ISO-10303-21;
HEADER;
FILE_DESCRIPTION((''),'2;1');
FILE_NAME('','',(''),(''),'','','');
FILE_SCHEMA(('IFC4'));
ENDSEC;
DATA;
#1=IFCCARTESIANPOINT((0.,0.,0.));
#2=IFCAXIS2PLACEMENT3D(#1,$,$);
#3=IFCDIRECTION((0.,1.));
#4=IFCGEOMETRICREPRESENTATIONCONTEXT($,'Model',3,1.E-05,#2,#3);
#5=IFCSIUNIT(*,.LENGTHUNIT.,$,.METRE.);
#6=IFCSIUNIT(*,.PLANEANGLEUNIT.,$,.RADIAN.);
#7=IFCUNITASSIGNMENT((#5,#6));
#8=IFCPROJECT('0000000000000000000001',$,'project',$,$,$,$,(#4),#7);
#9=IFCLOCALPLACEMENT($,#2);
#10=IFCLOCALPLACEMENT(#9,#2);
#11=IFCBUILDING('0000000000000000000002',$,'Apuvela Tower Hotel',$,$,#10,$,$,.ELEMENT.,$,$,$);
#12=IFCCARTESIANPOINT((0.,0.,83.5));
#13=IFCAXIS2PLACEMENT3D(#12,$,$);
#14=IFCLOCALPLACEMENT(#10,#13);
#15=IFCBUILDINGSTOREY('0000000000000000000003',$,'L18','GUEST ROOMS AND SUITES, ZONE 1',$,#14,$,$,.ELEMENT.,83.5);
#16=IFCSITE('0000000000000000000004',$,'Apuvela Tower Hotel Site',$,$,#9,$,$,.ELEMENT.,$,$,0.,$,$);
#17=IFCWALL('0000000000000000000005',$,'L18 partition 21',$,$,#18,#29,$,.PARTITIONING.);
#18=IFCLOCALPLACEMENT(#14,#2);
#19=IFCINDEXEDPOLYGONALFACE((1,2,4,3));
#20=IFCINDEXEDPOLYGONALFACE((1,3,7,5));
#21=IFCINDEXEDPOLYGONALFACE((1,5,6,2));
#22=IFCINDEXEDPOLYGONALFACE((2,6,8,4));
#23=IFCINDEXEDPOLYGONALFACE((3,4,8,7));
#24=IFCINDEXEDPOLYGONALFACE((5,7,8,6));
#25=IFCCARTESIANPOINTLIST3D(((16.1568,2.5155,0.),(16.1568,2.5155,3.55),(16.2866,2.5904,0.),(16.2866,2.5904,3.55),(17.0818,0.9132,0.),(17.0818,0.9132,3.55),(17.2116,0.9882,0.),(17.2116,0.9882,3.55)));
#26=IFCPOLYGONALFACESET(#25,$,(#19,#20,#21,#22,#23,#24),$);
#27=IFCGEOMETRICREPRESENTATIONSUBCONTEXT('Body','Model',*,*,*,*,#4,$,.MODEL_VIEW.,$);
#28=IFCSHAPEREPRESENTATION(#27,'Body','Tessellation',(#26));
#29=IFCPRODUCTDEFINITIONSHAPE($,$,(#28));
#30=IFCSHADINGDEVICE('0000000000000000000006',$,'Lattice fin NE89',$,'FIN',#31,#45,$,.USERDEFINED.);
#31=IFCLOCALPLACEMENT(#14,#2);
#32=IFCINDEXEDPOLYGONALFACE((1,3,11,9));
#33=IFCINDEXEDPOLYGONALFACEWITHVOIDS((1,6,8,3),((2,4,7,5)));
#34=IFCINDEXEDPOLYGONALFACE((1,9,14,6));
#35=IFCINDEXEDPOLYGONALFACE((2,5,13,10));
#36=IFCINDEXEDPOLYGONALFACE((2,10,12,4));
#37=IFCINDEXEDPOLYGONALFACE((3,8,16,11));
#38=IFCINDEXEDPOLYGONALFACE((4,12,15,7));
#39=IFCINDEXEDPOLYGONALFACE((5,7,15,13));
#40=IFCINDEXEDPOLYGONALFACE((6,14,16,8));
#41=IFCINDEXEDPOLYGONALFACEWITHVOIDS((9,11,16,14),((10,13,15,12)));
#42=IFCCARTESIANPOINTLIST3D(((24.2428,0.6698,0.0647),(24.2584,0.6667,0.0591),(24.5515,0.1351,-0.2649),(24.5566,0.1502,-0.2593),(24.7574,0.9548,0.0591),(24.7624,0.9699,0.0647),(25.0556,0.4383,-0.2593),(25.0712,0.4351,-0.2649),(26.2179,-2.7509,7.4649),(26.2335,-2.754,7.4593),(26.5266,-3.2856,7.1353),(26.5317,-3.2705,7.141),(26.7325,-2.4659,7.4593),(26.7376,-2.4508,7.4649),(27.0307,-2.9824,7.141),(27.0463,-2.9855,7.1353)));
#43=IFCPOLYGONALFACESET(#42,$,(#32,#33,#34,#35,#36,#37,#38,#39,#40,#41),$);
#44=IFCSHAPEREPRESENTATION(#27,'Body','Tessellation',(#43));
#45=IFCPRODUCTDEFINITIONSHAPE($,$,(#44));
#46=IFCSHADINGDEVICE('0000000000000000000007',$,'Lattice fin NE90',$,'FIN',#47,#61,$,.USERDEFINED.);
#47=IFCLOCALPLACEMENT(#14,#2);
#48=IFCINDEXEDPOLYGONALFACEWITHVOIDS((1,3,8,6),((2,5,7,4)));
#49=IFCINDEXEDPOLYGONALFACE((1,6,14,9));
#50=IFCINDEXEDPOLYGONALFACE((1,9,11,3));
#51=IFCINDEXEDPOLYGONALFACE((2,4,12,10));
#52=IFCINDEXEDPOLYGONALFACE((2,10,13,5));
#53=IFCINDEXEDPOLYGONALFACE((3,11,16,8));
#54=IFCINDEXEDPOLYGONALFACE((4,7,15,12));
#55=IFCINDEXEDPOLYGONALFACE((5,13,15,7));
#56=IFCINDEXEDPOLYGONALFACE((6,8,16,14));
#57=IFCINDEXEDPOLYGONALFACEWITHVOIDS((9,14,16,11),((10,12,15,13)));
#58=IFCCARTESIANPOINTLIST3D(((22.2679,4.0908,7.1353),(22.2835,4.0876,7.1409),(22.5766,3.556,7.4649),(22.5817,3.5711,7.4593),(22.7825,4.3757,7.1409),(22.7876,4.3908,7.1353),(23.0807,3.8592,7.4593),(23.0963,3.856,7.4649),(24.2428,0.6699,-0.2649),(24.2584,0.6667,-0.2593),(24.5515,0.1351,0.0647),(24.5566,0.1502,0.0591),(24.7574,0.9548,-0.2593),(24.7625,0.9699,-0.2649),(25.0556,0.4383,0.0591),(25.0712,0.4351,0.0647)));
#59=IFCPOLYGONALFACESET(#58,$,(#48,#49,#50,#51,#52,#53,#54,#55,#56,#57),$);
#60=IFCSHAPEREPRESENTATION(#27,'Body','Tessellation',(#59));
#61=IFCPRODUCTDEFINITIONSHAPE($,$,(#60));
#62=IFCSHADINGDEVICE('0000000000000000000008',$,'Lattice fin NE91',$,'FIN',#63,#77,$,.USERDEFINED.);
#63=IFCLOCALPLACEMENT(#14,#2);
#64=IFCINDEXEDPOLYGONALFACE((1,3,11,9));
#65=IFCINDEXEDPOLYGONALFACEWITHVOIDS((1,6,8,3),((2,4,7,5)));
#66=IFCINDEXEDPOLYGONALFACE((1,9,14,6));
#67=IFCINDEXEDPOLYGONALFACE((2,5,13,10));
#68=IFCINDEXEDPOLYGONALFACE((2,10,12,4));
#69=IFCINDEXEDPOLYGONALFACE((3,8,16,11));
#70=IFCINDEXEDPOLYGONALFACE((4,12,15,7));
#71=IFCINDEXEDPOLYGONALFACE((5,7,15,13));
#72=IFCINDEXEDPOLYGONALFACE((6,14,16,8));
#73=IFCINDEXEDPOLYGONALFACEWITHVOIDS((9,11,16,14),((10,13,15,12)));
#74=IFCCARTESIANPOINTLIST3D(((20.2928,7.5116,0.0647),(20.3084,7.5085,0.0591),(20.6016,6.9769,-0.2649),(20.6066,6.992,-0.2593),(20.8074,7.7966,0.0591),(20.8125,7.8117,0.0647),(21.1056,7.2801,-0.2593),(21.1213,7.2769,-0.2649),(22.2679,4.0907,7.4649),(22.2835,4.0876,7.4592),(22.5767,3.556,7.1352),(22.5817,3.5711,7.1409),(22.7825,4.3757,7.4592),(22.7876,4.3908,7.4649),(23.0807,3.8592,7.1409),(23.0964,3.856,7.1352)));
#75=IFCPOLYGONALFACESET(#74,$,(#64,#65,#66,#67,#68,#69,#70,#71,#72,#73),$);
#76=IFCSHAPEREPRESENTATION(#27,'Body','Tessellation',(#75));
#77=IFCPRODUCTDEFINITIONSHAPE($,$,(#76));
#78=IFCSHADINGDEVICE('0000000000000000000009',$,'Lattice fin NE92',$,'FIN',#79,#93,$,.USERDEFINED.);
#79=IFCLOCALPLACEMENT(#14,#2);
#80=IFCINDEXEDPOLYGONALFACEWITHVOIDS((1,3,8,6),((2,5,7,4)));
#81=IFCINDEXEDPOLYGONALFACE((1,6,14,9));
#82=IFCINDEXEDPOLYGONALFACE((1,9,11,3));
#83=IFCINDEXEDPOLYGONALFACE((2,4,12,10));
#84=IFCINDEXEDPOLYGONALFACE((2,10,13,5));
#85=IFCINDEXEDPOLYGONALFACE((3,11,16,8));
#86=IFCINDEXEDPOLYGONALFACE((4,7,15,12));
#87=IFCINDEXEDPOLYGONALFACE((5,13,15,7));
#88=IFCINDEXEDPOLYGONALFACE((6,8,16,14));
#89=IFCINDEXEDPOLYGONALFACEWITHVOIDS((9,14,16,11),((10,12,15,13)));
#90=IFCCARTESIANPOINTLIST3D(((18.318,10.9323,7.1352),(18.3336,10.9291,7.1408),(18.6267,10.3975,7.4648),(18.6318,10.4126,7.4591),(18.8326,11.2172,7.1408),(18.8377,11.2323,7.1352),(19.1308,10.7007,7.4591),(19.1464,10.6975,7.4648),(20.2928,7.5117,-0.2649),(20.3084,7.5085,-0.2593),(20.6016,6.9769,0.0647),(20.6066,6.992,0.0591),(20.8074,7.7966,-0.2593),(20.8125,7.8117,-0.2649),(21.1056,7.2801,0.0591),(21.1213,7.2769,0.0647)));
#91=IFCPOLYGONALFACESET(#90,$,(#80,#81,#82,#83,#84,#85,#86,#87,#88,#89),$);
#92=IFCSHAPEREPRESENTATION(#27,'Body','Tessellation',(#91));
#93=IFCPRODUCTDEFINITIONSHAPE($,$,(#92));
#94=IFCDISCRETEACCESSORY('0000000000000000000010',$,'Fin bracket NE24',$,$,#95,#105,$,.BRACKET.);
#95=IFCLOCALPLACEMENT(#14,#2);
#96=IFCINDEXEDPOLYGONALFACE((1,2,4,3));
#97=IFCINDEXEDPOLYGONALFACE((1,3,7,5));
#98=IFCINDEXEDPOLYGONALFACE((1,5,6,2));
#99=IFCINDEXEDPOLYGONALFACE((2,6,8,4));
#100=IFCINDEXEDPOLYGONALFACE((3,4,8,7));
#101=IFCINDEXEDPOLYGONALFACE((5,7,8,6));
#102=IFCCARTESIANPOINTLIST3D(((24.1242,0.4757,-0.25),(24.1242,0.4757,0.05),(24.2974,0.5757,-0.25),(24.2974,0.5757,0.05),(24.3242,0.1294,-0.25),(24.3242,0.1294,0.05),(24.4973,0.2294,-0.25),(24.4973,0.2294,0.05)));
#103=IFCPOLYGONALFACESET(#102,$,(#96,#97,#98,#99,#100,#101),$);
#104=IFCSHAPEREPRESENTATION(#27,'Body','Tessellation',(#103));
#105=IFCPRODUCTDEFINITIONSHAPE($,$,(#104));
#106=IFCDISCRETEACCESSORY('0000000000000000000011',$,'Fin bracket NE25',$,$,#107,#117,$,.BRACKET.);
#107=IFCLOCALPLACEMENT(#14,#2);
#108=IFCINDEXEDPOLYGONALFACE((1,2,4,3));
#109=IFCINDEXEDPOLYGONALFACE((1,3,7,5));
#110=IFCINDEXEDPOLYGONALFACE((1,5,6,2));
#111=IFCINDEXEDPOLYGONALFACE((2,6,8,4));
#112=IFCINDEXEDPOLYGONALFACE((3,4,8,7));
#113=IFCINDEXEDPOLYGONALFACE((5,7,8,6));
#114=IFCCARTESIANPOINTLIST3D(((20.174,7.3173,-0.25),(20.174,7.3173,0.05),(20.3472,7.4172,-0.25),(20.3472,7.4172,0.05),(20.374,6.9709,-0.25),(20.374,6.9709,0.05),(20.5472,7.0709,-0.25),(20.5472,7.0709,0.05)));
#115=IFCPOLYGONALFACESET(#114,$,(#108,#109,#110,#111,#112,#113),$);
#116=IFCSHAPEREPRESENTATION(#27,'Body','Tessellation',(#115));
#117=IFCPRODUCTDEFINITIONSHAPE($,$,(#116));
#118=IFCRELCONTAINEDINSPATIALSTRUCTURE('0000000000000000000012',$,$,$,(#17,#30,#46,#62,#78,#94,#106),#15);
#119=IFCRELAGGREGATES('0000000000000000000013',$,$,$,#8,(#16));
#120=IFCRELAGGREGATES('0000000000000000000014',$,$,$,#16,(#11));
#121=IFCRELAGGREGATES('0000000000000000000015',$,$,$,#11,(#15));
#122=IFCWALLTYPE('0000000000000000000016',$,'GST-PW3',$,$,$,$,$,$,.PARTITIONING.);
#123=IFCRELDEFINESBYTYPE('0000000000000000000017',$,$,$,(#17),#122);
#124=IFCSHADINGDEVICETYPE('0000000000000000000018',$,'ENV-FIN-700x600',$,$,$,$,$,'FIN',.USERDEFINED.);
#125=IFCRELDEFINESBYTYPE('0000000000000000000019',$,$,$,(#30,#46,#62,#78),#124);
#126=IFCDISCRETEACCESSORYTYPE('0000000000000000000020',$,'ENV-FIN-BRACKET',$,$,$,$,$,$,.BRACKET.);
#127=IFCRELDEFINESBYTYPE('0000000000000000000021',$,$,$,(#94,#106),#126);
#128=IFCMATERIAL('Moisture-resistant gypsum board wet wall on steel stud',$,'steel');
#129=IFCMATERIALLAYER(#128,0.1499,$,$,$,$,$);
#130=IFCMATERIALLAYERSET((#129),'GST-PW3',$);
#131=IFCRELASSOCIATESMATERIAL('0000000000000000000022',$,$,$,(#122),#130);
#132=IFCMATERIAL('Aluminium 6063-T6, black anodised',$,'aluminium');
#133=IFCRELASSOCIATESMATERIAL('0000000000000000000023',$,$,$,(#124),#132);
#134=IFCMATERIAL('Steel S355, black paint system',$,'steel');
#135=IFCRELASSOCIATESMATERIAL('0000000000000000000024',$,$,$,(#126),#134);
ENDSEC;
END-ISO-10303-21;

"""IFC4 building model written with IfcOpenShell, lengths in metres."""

from ifc_helpers import new_model, si_unit, direction, frame, frame_2d, origin, origin_2d, place, context, subcontext, project, spatial, rectangle, hollow_rectangle, extrude, material, layer, layer_set, material_profile, profile_set, type_object, element, save


model = new_model("IFC4")

# Units and contexts
model_context = context("Model", 3, precision=1e-05, world=origin(), true_north=direction((0.0, 1.0)))
body_context = subcontext(model_context, "Body", "Model", "MODEL_VIEW")
ifc_project = project(units=[si_unit("LENGTHUNIT", "METRE"), si_unit("PLANEANGLEUNIT", "RADIAN")], contexts=[model_context])

# Site, building, storey
site_placement = place(None, origin())
site = spatial("IfcSite", under=ifc_project, at=site_placement, Name="Apuvela Tower Hotel Site", CompositionType="ELEMENT", RefElevation=0.0)
building_placement = place(site_placement, origin())
building = spatial("IfcBuilding", under=site, at=building_placement, Name="Apuvela Tower Hotel", CompositionType="ELEMENT")
storey_placement = place(building_placement, frame((0.0, 0.0, 83.5)))
storey = spatial("IfcBuildingStorey", under=building, at=storey_placement, Name="L18", Description="GUEST ROOMS AND SUITES, ZONE 1", CompositionType="ELEMENT", Elevation=83.5)

# Wall
ifc_material_1 = material(Name="Moisture-resistant gypsum board wet wall on steel stud", Category="steel")
ifc_layer_1 = layer(ifc_material_1, 0.1499)
ifc_layer_set_1 = layer_set([ifc_layer_1], Name="GST-PW3")
wall_type_1 = type_object("IfcWallType", Name="GST-PW3", PredefinedType="PARTITIONING", material=ifc_layer_set_1)
wall_1_placement = place(storey_placement, frame((17.1467, 0.9507, 0.0), z_axis=(0.0, 0.0, 1.0), x_axis=(-0.499985, 0.866034, 0.0)))
element("IfcWall", 1, at=wall_1_placement, inside=storey, type_object=wall_type_1, Name="L18 partition 21", PredefinedType="PARTITIONING", context=body_context, shape_type="SweptSolid", body=[
    extrude(rectangle(XDim=1.8501, YDim=0.1499, at=frame_2d((0.925, 0.0))), origin(), (0.0, 0.0, 1.0), 3.55),
])

# Shading devices
ifc_material_2 = material(Name="Aluminium 6063-T6, black anodised", Category="aluminium")
ifc_material_profile_1 = material_profile(ifc_material_2, hollow_rectangle(XDim=0.6001, YDim=0.7, WallThickness=0.012, at=origin_2d()), Name="AL BOX 700x600x12")
ifc_profile_set_1 = profile_set([ifc_material_profile_1], Name="Aluminium 6063-T6, black anodised")
shading_device_type = type_object("IfcShadingDeviceType", Name="ENV-FIN-700x600", ElementType="FIN", PredefinedType="USERDEFINED", material=ifc_profile_set_1)
for number, where, z_axis, x_axis, name in (
    (2, (24.657, 0.5525, -0.1001), (0.235458, -0.407787, 0.882196), (0.866005, 0.500035, 0.0), "Lattice fin NE89"),
    (3, (24.657, 0.5525, -0.1001), (-0.235428, 0.407814, 0.882191), (-0.866048, -0.499961, 0.0), "Lattice fin NE90"),
    (4, (20.707, 7.3943, -0.1001), (0.235455, -0.407812, 0.882185), (0.866021, 0.500008, 0.0), "Lattice fin NE91"),
):
    element("IfcShadingDevice", number, at=place(storey_placement, frame(where, z_axis=z_axis, x_axis=x_axis)), inside=storey, type_object=shading_device_type, Name=name, ObjectType="FIN", PredefinedType="USERDEFINED", context=body_context, shape_type="SweptSolid", body=[
        extrude(hollow_rectangle(XDim=0.6001, YDim=0.7, WallThickness=0.012, at=origin_2d()), origin(), (0.0, 0.0, 1.0), 8.3884),
    ])
shading_device_placement = place(storey_placement, frame((20.707, 7.3943, -0.1001), z_axis=(-0.23543, 0.40779, 0.882202), x_axis=(-0.866032, -0.499988, 0.0)))
element("IfcShadingDevice", 5, at=shading_device_placement, inside=storey, type_object=shading_device_type, Name="Lattice fin NE92", ObjectType="FIN", PredefinedType="USERDEFINED", context=body_context, shape_type="SweptSolid", body=[
    extrude(hollow_rectangle(XDim=0.6001, YDim=0.7, WallThickness=0.012, at=origin_2d()), origin(), (0.0, 0.0, 1.0), 8.3882),
])

# Discrete accessories
ifc_material_3 = material(Name="Steel S355, black paint system", Category="steel")
discrete_accessory_type = type_object("IfcDiscreteAccessoryType", Name="ENV-FIN-BRACKET", PredefinedType="BRACKET", material=ifc_material_3)
for number, where, z_axis, x_axis, name in (
    (6, (24.3108, 0.3525, -0.25), (0.0, 0.0, 1.0), (-0.5, 0.866025, 0.0), "Fin bracket NE24"),
    (7, (20.3606, 7.1941, -0.25), (0.0, 0.0, 1.0), (-0.5, 0.866025, 0.0), "Fin bracket NE25"),
):
    element("IfcDiscreteAccessory", number, at=place(storey_placement, frame(where, z_axis=z_axis, x_axis=x_axis)), inside=storey, type_object=discrete_accessory_type, Name=name, PredefinedType="BRACKET", context=body_context, shape_type="SweptSolid", body=[
        extrude(rectangle(XDim=0.3999, YDim=0.2, at=origin_2d()), origin(), (0.0, 0.0, 1.0), 0.3),
    ])

save(model, "model.ifc")
